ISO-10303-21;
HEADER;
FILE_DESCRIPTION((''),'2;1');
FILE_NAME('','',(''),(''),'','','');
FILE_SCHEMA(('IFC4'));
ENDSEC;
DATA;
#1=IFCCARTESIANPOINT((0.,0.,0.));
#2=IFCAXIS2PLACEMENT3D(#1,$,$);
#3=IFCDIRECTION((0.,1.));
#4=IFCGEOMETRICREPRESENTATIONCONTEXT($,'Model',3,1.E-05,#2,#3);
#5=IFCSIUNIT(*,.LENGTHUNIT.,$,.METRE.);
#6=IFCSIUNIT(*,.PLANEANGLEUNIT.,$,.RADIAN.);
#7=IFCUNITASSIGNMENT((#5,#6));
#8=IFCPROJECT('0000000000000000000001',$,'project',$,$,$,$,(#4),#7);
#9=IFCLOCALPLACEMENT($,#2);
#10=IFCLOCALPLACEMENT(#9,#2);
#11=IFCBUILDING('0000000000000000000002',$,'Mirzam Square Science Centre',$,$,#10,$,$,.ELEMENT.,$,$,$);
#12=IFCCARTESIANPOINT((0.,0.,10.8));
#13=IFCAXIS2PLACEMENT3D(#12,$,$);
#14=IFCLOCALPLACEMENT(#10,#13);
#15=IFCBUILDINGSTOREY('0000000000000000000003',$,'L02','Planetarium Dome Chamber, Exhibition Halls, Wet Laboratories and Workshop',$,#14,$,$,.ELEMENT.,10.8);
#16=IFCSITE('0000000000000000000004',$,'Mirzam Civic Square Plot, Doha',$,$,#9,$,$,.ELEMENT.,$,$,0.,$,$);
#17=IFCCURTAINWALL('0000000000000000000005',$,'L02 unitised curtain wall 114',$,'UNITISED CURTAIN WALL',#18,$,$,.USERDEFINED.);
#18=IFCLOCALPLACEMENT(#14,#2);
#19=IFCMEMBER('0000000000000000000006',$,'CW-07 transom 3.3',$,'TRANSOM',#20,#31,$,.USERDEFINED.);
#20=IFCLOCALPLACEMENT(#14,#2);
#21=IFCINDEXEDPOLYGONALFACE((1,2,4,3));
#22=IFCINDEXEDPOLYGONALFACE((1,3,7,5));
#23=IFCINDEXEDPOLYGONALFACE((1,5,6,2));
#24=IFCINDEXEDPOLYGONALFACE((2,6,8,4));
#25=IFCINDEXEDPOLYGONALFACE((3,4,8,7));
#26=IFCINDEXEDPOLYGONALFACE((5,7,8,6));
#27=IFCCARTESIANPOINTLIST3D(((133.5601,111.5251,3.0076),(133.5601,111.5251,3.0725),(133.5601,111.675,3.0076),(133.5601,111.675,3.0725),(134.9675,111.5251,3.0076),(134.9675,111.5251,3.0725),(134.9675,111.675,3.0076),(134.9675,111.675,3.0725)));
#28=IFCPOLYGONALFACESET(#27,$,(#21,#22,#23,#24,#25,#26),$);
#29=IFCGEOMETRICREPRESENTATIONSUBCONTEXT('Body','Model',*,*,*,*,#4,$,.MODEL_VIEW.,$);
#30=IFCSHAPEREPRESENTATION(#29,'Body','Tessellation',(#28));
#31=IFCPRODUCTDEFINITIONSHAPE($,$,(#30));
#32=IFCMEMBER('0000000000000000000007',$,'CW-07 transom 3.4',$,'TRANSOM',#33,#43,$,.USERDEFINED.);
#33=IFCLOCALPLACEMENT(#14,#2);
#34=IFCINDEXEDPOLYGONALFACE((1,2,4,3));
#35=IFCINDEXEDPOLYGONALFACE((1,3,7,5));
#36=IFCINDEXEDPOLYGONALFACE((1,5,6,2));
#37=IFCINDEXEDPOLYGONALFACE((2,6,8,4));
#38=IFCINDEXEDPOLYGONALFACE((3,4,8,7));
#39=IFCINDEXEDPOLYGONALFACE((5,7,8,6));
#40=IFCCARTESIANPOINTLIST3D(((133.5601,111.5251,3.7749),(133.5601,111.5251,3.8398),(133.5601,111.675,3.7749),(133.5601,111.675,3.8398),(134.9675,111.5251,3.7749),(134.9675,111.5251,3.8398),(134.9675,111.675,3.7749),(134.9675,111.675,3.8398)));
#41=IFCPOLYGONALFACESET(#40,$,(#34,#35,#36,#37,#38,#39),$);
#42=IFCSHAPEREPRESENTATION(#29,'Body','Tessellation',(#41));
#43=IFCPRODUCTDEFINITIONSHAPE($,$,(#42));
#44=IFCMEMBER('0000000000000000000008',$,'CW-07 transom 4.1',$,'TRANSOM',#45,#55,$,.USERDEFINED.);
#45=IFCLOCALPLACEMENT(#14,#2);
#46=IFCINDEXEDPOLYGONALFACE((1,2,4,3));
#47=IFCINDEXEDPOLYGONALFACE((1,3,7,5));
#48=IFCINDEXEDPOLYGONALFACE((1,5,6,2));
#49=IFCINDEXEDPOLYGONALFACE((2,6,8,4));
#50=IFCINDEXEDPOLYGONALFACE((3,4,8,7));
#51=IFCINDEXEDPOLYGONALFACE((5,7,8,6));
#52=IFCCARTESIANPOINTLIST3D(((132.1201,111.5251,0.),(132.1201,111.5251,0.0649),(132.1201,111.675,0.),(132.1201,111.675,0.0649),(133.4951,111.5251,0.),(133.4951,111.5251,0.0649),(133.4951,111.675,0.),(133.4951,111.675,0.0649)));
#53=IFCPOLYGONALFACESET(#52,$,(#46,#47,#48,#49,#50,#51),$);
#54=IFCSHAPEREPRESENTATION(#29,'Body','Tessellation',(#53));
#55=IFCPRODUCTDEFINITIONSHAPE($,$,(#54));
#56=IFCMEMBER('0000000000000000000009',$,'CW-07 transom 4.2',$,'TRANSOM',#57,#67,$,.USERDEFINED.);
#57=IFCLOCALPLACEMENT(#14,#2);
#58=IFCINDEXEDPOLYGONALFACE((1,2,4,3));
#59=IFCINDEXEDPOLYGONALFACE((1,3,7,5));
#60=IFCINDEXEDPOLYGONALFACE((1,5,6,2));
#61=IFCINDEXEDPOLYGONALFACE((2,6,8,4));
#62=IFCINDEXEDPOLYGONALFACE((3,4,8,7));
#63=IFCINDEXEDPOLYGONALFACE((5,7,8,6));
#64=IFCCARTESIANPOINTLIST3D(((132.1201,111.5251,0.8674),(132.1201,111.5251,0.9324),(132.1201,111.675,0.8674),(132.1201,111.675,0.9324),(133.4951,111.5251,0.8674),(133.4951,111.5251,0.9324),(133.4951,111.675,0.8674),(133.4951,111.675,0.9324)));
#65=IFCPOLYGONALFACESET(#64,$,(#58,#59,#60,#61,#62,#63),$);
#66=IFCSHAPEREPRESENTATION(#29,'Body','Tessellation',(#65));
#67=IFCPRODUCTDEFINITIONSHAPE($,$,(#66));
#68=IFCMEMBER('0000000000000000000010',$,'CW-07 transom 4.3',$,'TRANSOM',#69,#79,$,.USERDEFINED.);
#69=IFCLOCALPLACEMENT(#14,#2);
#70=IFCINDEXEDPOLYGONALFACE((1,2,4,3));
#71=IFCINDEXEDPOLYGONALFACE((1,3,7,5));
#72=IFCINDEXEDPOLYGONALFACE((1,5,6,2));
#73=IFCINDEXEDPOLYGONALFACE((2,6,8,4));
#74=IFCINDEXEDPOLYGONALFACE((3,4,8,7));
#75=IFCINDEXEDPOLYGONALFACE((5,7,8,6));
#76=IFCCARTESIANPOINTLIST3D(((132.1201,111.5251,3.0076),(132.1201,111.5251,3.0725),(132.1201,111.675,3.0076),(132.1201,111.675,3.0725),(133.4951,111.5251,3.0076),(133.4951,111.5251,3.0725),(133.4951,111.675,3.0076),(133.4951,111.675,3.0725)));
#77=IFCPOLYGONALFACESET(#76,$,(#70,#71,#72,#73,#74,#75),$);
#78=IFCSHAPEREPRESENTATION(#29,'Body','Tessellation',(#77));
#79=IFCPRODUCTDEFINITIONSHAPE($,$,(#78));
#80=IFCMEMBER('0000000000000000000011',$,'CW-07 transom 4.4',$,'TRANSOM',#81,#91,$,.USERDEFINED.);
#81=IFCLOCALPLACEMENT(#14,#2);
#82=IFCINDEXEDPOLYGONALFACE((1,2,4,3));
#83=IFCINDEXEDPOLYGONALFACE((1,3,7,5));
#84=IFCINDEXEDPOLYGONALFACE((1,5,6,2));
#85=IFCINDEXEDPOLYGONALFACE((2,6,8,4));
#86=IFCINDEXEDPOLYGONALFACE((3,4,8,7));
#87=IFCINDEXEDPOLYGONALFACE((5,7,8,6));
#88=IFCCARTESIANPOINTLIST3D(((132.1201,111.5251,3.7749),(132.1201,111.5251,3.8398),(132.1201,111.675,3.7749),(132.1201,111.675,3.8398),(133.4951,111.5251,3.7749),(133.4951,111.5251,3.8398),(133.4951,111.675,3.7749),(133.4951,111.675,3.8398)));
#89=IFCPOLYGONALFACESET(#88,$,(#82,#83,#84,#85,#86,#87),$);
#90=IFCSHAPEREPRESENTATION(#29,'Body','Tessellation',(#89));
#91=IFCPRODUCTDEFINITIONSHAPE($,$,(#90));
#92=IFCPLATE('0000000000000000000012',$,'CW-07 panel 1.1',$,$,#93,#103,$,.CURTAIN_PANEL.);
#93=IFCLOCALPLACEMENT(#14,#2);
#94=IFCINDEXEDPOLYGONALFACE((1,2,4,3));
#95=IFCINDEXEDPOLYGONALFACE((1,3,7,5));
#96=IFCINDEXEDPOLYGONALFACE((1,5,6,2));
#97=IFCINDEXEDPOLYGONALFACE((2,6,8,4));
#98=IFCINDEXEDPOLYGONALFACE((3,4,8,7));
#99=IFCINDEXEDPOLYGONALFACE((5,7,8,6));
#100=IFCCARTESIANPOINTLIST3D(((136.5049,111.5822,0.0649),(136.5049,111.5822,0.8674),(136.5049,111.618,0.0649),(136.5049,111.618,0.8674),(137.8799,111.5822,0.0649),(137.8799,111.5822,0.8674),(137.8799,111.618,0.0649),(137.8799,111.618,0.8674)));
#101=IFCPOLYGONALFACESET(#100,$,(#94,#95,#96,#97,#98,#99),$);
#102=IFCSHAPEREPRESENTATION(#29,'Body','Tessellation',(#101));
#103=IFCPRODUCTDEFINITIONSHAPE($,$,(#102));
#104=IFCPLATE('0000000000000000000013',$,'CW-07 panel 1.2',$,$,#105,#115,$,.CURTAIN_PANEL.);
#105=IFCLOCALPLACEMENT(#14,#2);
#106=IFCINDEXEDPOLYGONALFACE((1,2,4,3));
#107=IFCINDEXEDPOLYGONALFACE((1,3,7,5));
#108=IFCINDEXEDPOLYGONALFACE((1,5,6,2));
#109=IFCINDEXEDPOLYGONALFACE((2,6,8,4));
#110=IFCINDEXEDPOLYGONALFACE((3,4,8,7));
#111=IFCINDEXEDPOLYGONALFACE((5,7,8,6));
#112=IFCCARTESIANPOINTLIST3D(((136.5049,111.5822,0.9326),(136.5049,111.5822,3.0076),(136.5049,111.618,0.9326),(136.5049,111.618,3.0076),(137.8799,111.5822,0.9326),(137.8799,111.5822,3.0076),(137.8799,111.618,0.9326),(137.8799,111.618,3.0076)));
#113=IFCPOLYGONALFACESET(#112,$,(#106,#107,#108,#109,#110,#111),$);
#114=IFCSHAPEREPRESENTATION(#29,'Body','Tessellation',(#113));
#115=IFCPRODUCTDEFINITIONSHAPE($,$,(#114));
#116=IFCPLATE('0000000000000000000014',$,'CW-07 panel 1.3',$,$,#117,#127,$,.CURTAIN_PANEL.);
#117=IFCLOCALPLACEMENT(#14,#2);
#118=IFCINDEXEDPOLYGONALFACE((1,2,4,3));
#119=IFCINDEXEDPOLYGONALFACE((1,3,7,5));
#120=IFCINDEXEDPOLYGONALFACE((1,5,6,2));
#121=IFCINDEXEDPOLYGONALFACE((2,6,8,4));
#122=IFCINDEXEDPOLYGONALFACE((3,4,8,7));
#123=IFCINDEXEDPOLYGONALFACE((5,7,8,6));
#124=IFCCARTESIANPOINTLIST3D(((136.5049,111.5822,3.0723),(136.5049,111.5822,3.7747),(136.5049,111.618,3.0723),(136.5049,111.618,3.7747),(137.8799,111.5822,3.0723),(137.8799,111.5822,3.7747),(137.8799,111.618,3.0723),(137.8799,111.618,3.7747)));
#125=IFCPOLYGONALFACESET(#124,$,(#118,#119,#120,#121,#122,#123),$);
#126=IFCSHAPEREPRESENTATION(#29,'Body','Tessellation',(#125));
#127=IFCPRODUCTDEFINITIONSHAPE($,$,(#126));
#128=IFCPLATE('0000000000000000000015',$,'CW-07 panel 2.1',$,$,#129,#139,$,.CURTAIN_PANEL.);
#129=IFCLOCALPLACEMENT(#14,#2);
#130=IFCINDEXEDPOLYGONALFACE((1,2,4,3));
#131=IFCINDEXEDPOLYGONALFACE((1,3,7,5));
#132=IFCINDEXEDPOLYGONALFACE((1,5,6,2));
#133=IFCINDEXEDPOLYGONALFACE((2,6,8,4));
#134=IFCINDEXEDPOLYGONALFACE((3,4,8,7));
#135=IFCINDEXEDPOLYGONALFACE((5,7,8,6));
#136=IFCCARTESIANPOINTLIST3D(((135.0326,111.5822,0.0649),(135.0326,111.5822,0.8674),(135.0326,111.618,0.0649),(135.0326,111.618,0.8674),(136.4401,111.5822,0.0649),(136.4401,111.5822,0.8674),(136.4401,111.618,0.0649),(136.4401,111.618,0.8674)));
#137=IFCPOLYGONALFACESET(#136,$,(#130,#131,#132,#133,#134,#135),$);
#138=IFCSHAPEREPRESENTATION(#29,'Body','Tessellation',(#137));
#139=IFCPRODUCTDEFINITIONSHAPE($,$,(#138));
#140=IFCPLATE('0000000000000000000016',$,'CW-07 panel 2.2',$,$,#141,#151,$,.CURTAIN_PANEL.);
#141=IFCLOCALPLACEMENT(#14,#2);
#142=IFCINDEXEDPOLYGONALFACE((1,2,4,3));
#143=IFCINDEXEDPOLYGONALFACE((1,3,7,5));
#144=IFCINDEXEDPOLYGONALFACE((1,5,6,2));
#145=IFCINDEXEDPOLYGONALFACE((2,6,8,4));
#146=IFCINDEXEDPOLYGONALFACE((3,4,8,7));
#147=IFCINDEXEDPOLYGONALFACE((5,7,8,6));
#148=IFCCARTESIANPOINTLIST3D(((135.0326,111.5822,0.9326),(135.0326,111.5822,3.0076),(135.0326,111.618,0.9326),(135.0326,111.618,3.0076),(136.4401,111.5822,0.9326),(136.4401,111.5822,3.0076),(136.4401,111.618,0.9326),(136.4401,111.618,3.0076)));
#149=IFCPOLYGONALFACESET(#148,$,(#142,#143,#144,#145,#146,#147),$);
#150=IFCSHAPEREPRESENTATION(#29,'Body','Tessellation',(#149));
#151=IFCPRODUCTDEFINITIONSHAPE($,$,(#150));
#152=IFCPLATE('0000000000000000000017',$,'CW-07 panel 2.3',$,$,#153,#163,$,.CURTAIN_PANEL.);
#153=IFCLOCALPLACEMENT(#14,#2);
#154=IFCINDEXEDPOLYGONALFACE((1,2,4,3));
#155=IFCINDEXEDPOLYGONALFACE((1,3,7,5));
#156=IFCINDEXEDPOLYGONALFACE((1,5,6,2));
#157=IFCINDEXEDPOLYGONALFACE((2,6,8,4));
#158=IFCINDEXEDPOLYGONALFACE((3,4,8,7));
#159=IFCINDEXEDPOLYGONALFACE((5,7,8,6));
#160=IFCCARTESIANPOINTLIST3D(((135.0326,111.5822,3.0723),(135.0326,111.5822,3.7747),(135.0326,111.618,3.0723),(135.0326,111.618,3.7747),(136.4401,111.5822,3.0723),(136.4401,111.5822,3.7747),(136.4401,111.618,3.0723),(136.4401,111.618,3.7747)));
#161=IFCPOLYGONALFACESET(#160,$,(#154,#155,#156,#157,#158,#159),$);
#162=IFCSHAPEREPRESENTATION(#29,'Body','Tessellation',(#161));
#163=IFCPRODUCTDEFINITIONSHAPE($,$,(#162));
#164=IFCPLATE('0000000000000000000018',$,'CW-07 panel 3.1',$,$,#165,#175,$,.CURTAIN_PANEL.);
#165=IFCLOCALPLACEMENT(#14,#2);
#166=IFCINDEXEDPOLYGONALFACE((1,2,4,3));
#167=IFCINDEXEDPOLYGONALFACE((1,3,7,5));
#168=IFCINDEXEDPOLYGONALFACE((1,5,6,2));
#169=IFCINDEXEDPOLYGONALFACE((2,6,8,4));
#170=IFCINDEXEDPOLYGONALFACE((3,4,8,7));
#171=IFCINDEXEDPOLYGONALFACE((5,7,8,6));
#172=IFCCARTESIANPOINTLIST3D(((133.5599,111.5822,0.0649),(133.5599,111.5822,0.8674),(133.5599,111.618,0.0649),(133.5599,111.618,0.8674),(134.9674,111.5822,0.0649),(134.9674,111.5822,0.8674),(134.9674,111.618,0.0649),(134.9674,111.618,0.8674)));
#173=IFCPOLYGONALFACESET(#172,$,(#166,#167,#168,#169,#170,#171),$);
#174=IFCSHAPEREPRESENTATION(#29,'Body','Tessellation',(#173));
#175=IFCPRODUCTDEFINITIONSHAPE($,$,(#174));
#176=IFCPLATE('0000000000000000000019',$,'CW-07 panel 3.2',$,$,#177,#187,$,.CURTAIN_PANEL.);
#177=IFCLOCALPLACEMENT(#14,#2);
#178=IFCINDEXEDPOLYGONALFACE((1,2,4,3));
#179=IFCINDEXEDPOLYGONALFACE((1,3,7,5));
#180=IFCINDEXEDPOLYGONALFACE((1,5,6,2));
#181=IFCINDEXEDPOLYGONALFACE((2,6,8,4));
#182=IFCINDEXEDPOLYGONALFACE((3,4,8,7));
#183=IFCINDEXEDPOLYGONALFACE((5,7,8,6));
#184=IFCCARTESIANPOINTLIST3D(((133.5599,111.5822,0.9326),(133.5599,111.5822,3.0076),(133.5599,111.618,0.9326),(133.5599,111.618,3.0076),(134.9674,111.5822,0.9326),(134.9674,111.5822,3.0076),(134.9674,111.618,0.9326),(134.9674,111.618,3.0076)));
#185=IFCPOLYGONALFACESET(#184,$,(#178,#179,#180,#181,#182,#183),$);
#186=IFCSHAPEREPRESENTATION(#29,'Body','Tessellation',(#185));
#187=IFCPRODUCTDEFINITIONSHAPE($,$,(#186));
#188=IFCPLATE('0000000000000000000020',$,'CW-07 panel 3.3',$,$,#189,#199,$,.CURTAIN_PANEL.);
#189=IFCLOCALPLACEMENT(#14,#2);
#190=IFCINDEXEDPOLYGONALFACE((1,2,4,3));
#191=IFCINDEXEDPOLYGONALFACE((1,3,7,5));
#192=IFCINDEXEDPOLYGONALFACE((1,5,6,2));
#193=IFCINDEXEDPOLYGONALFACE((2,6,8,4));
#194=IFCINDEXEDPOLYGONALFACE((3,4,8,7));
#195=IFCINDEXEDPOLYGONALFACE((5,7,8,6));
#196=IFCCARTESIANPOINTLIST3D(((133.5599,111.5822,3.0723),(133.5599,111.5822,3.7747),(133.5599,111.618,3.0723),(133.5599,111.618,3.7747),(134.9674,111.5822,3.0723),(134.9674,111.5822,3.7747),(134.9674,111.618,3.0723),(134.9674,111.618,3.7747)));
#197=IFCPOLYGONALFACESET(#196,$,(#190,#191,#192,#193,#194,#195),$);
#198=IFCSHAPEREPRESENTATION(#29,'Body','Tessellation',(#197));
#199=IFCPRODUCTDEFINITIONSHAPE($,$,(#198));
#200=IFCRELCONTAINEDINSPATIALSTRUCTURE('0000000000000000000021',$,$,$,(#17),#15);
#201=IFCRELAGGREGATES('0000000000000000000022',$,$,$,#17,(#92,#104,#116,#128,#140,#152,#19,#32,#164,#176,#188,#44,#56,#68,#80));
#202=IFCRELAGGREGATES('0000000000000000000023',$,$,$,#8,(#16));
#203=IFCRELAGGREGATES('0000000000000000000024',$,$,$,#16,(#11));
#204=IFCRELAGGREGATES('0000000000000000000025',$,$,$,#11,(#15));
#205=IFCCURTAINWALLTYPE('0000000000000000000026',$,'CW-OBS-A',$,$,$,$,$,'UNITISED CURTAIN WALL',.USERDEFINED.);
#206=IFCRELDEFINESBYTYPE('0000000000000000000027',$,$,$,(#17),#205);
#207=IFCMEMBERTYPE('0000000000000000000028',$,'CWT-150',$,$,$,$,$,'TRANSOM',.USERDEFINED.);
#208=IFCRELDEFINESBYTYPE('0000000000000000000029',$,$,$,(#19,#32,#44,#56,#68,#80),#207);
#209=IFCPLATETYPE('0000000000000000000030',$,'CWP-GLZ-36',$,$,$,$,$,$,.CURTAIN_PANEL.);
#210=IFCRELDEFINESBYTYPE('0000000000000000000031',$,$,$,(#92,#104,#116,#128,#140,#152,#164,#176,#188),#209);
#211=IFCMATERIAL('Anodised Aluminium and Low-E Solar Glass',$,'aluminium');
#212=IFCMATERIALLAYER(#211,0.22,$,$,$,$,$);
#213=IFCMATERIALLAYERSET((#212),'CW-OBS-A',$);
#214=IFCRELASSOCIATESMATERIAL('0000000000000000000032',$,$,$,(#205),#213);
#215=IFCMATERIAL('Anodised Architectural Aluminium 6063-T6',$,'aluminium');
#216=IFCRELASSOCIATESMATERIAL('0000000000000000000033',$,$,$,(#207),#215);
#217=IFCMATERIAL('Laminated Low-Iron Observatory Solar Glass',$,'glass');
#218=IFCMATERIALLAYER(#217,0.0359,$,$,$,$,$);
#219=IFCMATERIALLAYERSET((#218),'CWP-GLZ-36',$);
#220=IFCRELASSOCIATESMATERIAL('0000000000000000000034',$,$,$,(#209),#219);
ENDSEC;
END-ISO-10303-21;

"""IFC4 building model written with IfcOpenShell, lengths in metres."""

from ifc_helpers import new_model, si_unit, direction, frame, origin, origin_2d, place, context, subcontext, project, spatial, rectangle, extrude, material, layer, layer_set, material_profile, profile_set, type_object, element, aggregate, save


model = new_model("IFC4")

# Units and contexts
model_context = context("Model", 3, precision=1e-05, world=origin(), true_north=direction((0.0, 1.0)))
body_context = subcontext(model_context, "Body", "Model", "MODEL_VIEW")
ifc_project = project(units=[si_unit("LENGTHUNIT", "METRE"), si_unit("PLANEANGLEUNIT", "RADIAN")], contexts=[model_context])

# Site, building, storey
site_placement = place(None, origin())
site = spatial("IfcSite", under=ifc_project, at=site_placement, Name="Mirzam Civic Square Plot, Doha", CompositionType="ELEMENT", RefElevation=0.0)
building_placement = place(site_placement, origin())
building = spatial("IfcBuilding", under=site, at=building_placement, Name="Mirzam Square Science Centre", CompositionType="ELEMENT")
storey_placement = place(building_placement, frame((0.0, 0.0, 10.8)))
storey = spatial("IfcBuildingStorey", under=building, at=storey_placement, Name="L02", Description="Planetarium Dome Chamber, Exhibition Halls, Wet Laboratories and Workshop", CompositionType="ELEMENT", Elevation=10.8)

# Curtain wall, members, plates
ifc_material_1 = material(Name="Anodised Aluminium and Low-E Solar Glass", Category="aluminium")
ifc_layer_1 = layer(ifc_material_1, 0.22)
ifc_layer_set_1 = layer_set([ifc_layer_1], Name="CW-OBS-A")
curtain_wall_type = type_object("IfcCurtainWallType", Name="CW-OBS-A", ElementType="UNITISED CURTAIN WALL", PredefinedType="USERDEFINED", material=ifc_layer_set_1)
curtain_wall_placement = place(storey_placement, origin())
curtain_wall = element("IfcCurtainWall", 1, at=curtain_wall_placement, inside=storey, type_object=curtain_wall_type, Name="L02 unitised curtain wall 114", ObjectType="UNITISED CURTAIN WALL", PredefinedType="USERDEFINED")
ifc_material_2 = material(Name="Anodised Architectural Aluminium 6063-T6", Category="aluminium")
ifc_material_profile_1 = material_profile(ifc_material_2, rectangle(XDim=0.1499, YDim=0.0649, at=origin_2d()), Name="ALU-TRAN-150x65x4")
ifc_profile_set_1 = profile_set([ifc_material_profile_1], Name="Anodised Architectural Aluminium 6063-T6")
member_type_1 = type_object("IfcMemberType", Name="CWT-150", ElementType="TRANSOM", PredefinedType="USERDEFINED", material=ifc_profile_set_1)
member_1_placement = place(storey_placement, frame((134.9675, 111.6001, 3.04), z_axis=(-1.0, 0.0, 0.0), x_axis=(0.0, -1.0, 0.0)))
member_1 = element("IfcMember", 2, at=member_1_placement, type_object=member_type_1, Name="CW-07 transom 3.3", ObjectType="TRANSOM", PredefinedType="USERDEFINED", context=body_context, shape_type="SweptSolid", body=[
    extrude(rectangle(XDim=0.1499, YDim=0.0649, at=origin_2d()), origin(), (0.0, 0.0, 1.0), 1.4075),
])
member_2_placement = place(storey_placement, frame((134.9675, 111.6001, 3.8074), z_axis=(-1.0, 0.0, 0.0), x_axis=(0.0, -1.0, 0.0)))
member_2 = element("IfcMember", 3, at=member_2_placement, type_object=member_type_1, Name="CW-07 transom 3.4", ObjectType="TRANSOM", PredefinedType="USERDEFINED", context=body_context, shape_type="SweptSolid", body=[
    extrude(rectangle(XDim=0.1499, YDim=0.0649, at=origin_2d()), origin(), (0.0, 0.0, 1.0), 1.4075),
])
member_3_placement = place(storey_placement, frame((133.4951, 111.6001, 0.0325), z_axis=(-1.0, 0.0, 0.0), x_axis=(0.0, -1.0, 0.0)))
member_3 = element("IfcMember", 4, at=member_3_placement, type_object=member_type_1, Name="CW-07 transom 4.1", ObjectType="TRANSOM", PredefinedType="USERDEFINED", context=body_context, shape_type="SweptSolid", body=[
    extrude(rectangle(XDim=0.1499, YDim=0.0649, at=origin_2d()), origin(), (0.0, 0.0, 1.0), 1.375),
])
member_4_placement = place(storey_placement, frame((133.4951, 111.6001, 0.8999), z_axis=(-1.0, 0.0, 0.0), x_axis=(0.0, -1.0, 0.0)))
member_4 = element("IfcMember", 5, at=member_4_placement, type_object=member_type_1, Name="CW-07 transom 4.2", ObjectType="TRANSOM", PredefinedType="USERDEFINED", context=body_context, shape_type="SweptSolid", body=[
    extrude(rectangle(XDim=0.1499, YDim=0.0649, at=origin_2d()), origin(), (0.0, 0.0, 1.0), 1.375),
])
member_5_placement = place(storey_placement, frame((133.4951, 111.6001, 3.04), z_axis=(-1.0, 0.0, 0.0), x_axis=(0.0, -1.0, 0.0)))
member_5 = element("IfcMember", 6, at=member_5_placement, type_object=member_type_1, Name="CW-07 transom 4.3", ObjectType="TRANSOM", PredefinedType="USERDEFINED", context=body_context, shape_type="SweptSolid", body=[
    extrude(rectangle(XDim=0.1499, YDim=0.0649, at=origin_2d()), origin(), (0.0, 0.0, 1.0), 1.375),
])
member_6_placement = place(storey_placement, frame((133.4951, 111.6001, 3.8074), z_axis=(-1.0, 0.0, 0.0), x_axis=(0.0, -1.0, 0.0)))
member_6 = element("IfcMember", 7, at=member_6_placement, type_object=member_type_1, Name="CW-07 transom 4.4", ObjectType="TRANSOM", PredefinedType="USERDEFINED", context=body_context, shape_type="SweptSolid", body=[
    extrude(rectangle(XDim=0.1499, YDim=0.0649, at=origin_2d()), origin(), (0.0, 0.0, 1.0), 1.375),
])
ifc_material_3 = material(Name="Laminated Low-Iron Observatory Solar Glass", Category="glass")
ifc_layer_2 = layer(ifc_material_3, 0.0359)
ifc_layer_set_2 = layer_set([ifc_layer_2], Name="CWP-GLZ-36")
plate_type = type_object("IfcPlateType", Name="CWP-GLZ-36", PredefinedType="CURTAIN_PANEL", material=ifc_layer_set_2)
plate_1_placement = place(storey_placement, frame((137.1924, 111.6001, 0.0649), z_axis=(0.0, 0.0, 1.0), x_axis=(-1.0, 0.0, 0.0)))
plate_1 = element("IfcPlate", 8, at=plate_1_placement, type_object=plate_type, Name="CW-07 panel 1.1", PredefinedType="CURTAIN_PANEL", context=body_context, shape_type="SweptSolid", body=[
    extrude(rectangle(XDim=1.375, YDim=0.0359, at=origin_2d()), origin(), (0.0, 0.0, 1.0), 0.8025),
])
plate_2_placement = place(storey_placement, frame((137.1924, 111.6001, 0.9326), z_axis=(0.0, 0.0, 1.0), x_axis=(-1.0, 0.0, 0.0)))
plate_2 = element("IfcPlate", 9, at=plate_2_placement, type_object=plate_type, Name="CW-07 panel 1.2", PredefinedType="CURTAIN_PANEL", context=body_context, shape_type="SweptSolid", body=[
    extrude(rectangle(XDim=1.375, YDim=0.0359, at=origin_2d()), origin(), (0.0, 0.0, 1.0), 2.075),
])
plate_3_placement = place(storey_placement, frame((137.1924, 111.6001, 3.0723), z_axis=(0.0, 0.0, 1.0), x_axis=(-1.0, 0.0, 0.0)))
plate_3 = element("IfcPlate", 10, at=plate_3_placement, type_object=plate_type, Name="CW-07 panel 1.3", PredefinedType="CURTAIN_PANEL", context=body_context, shape_type="SweptSolid", body=[
    extrude(rectangle(XDim=1.375, YDim=0.0359, at=origin_2d()), origin(), (0.0, 0.0, 1.0), 0.7024),
])
plate_4_placement = place(storey_placement, frame((135.7363, 111.6001, 0.0649), z_axis=(0.0, 0.0, 1.0), x_axis=(-1.0, 0.0, 0.0)))
plate_4 = element("IfcPlate", 11, at=plate_4_placement, type_object=plate_type, Name="CW-07 panel 2.1", PredefinedType="CURTAIN_PANEL", context=body_context, shape_type="SweptSolid", body=[
    extrude(rectangle(XDim=1.4075, YDim=0.0359, at=origin_2d()), origin(), (0.0, 0.0, 1.0), 0.8025),
])
plate_5_placement = place(storey_placement, frame((135.7363, 111.6001, 0.9326), z_axis=(0.0, 0.0, 1.0), x_axis=(-1.0, 0.0, 0.0)))
plate_5 = element("IfcPlate", 12, at=plate_5_placement, type_object=plate_type, Name="CW-07 panel 2.2", PredefinedType="CURTAIN_PANEL", context=body_context, shape_type="SweptSolid", body=[
    extrude(rectangle(XDim=1.4075, YDim=0.0359, at=origin_2d()), origin(), (0.0, 0.0, 1.0), 2.075),
])
plate_6_placement = place(storey_placement, frame((135.7363, 111.6001, 3.0723), z_axis=(0.0, 0.0, 1.0), x_axis=(-1.0, 0.0, 0.0)))
plate_6 = element("IfcPlate", 13, at=plate_6_placement, type_object=plate_type, Name="CW-07 panel 2.3", PredefinedType="CURTAIN_PANEL", context=body_context, shape_type="SweptSolid", body=[
    extrude(rectangle(XDim=1.4075, YDim=0.0359, at=origin_2d()), origin(), (0.0, 0.0, 1.0), 0.7024),
])
plate_7_placement = place(storey_placement, frame((134.2637, 111.6001, 0.0649), z_axis=(0.0, 0.0, 1.0), x_axis=(-1.0, 0.0, 0.0)))
plate_7 = element("IfcPlate", 14, at=plate_7_placement, type_object=plate_type, Name="CW-07 panel 3.1", PredefinedType="CURTAIN_PANEL", context=body_context, shape_type="SweptSolid", body=[
    extrude(rectangle(XDim=1.4075, YDim=0.0359, at=origin_2d()), origin(), (0.0, 0.0, 1.0), 0.8025),
])
plate_8_placement = place(storey_placement, frame((134.2637, 111.6001, 0.9326), z_axis=(0.0, 0.0, 1.0), x_axis=(-1.0, 0.0, 0.0)))
plate_8 = element("IfcPlate", 15, at=plate_8_placement, type_object=plate_type, Name="CW-07 panel 3.2", PredefinedType="CURTAIN_PANEL", context=body_context, shape_type="SweptSolid", body=[
    extrude(rectangle(XDim=1.4075, YDim=0.0359, at=origin_2d()), origin(), (0.0, 0.0, 1.0), 2.075),
])
plate_9_placement = place(storey_placement, frame((134.2637, 111.6001, 3.0723), z_axis=(0.0, 0.0, 1.0), x_axis=(-1.0, 0.0, 0.0)))
plate_9 = element("IfcPlate", 16, at=plate_9_placement, type_object=plate_type, Name="CW-07 panel 3.3", PredefinedType="CURTAIN_PANEL", context=body_context, shape_type="SweptSolid", body=[
    extrude(rectangle(XDim=1.4075, YDim=0.0359, at=origin_2d()), origin(), (0.0, 0.0, 1.0), 0.7024),
])
aggregate(curtain_wall, [plate_1, plate_2, plate_3, plate_4, plate_5, plate_6, member_1, member_2, plate_7, plate_8, plate_9, member_3, member_4, member_5, member_6])

save(model, "model.ifc")
